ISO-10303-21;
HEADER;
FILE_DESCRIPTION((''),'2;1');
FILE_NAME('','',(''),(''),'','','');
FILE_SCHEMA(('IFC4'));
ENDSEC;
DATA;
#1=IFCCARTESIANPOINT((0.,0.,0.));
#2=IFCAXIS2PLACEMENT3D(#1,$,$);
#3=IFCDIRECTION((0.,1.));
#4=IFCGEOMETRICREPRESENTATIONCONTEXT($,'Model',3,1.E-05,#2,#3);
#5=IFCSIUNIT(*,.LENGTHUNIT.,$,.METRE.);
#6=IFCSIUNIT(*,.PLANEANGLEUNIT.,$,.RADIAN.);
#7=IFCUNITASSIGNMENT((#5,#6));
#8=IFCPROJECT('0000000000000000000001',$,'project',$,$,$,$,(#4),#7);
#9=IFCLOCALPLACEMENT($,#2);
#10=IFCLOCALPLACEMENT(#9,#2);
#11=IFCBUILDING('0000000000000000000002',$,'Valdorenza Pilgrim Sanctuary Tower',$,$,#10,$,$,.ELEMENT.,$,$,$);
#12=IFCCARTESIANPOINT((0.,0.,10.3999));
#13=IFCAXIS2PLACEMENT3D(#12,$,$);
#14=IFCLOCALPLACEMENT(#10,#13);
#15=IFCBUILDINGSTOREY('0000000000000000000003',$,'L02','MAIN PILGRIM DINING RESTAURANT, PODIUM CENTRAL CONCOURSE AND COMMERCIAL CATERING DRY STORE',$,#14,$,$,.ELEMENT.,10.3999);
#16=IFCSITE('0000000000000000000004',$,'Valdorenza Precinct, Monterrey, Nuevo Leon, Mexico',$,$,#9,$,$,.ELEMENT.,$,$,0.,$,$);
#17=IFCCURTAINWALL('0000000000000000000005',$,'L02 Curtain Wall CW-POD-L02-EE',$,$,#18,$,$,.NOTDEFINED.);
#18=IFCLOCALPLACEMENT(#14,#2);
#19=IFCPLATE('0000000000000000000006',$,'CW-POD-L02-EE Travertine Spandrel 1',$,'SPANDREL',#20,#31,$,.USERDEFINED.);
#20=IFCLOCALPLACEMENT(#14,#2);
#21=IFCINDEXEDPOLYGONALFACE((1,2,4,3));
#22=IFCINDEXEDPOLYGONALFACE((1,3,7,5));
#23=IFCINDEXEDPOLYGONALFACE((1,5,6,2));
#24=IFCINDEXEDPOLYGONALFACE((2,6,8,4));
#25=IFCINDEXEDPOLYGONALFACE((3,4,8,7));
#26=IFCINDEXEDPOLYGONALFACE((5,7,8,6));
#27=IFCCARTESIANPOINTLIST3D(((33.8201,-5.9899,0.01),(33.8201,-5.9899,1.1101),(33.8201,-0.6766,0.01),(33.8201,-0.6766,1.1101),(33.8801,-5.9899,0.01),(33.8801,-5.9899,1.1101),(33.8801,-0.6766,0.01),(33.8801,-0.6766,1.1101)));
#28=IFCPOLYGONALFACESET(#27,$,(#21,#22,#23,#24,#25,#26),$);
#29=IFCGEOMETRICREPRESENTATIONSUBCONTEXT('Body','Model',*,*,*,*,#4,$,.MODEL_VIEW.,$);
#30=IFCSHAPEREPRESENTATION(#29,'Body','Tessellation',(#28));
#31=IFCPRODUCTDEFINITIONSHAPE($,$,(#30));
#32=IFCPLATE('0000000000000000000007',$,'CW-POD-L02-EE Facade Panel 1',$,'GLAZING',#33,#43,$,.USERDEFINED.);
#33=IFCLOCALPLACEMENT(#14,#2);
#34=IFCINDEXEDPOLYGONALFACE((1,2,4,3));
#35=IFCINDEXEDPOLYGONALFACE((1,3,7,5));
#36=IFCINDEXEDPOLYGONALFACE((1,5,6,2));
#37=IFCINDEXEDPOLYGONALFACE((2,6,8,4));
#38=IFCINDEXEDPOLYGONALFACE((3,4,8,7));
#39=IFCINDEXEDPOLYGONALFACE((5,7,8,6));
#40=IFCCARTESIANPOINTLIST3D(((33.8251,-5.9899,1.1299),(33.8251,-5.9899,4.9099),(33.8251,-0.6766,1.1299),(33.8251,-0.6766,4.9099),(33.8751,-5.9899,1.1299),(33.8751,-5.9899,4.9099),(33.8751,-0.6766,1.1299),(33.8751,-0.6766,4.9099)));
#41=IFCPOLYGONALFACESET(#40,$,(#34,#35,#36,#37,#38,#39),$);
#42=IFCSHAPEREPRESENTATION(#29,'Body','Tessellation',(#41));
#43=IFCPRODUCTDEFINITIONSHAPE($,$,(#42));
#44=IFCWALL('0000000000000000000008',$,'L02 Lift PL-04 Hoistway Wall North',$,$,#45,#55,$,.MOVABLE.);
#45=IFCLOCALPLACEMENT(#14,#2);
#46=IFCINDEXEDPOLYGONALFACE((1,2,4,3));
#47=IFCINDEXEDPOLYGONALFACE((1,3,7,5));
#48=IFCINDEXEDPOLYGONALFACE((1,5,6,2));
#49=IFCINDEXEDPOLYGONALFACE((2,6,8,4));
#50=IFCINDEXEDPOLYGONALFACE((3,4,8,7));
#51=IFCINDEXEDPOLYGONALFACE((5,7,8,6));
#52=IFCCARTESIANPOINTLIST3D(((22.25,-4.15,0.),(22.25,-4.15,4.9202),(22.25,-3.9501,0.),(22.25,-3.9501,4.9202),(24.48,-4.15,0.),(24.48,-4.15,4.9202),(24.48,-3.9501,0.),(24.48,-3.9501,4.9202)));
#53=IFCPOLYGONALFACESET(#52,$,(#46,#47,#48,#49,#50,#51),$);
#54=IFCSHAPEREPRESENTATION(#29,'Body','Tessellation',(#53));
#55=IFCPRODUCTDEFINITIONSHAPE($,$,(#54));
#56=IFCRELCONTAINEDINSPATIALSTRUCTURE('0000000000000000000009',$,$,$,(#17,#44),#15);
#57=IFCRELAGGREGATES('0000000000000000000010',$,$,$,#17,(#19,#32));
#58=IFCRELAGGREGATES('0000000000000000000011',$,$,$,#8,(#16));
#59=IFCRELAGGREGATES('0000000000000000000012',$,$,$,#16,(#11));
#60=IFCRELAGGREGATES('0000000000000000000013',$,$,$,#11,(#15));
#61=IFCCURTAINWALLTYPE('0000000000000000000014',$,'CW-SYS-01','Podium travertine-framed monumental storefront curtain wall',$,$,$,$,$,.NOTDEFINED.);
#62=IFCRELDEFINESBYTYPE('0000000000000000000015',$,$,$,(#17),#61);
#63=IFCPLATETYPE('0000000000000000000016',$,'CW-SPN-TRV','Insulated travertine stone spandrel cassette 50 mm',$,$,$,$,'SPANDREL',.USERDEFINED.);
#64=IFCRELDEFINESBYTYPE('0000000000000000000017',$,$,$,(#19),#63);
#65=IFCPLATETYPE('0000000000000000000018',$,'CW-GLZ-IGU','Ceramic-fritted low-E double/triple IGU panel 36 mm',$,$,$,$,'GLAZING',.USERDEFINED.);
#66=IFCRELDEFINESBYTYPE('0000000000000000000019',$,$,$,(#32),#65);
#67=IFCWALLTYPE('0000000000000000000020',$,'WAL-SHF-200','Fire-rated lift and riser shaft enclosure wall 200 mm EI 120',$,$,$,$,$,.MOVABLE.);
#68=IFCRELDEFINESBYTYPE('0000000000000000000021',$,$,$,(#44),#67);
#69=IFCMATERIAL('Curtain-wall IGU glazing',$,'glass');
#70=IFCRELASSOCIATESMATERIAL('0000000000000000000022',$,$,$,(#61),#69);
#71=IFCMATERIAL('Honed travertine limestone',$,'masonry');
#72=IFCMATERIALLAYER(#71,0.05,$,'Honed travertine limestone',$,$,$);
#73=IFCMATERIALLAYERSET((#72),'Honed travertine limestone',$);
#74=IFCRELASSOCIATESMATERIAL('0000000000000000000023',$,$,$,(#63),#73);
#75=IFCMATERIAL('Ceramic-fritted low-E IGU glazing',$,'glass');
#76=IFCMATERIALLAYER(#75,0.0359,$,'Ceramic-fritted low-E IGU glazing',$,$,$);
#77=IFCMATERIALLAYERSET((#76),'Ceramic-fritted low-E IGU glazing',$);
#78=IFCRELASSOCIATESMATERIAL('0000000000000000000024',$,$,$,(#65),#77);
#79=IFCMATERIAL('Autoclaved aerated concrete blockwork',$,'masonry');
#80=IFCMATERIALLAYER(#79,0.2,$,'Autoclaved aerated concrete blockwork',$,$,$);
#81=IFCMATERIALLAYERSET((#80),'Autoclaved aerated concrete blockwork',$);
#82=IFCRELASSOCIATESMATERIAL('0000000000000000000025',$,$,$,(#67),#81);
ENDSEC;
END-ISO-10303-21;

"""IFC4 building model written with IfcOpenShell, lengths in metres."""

from ifc_helpers import new_model, si_unit, direction, frame, frame_2d, origin, origin_2d, place, context, subcontext, project, spatial, rectangle, extrude, source, transform, mapped, material, layer, layer_set, type_object, element, aggregate, save


model = new_model("IFC4")

# Units and contexts
model_context = context("Model", 3, precision=1e-05, world=origin(), true_north=direction((0.0, 1.0)))
body_context = subcontext(model_context, "Body", "Model", "MODEL_VIEW")
ifc_project = project(units=[si_unit("LENGTHUNIT", "METRE"), si_unit("PLANEANGLEUNIT", "RADIAN")], contexts=[model_context])

# Site, building, storey
site_placement = place(None, origin())
site = spatial("IfcSite", under=ifc_project, at=site_placement, Name="Valdorenza Precinct, Monterrey, Nuevo Leon, Mexico", CompositionType="ELEMENT", RefElevation=0.0)
building_placement = place(site_placement, origin())
building = spatial("IfcBuilding", under=site, at=building_placement, Name="Valdorenza Pilgrim Sanctuary Tower", CompositionType="ELEMENT")
storey_placement = place(building_placement, frame((0.0, 0.0, 10.3999)))
storey = spatial("IfcBuildingStorey", under=building, at=storey_placement, Name="L02", Description="MAIN PILGRIM DINING RESTAURANT, PODIUM CENTRAL CONCOURSE AND COMMERCIAL CATERING DRY STORE", CompositionType="ELEMENT", Elevation=10.3999)

# Curtain wall, plates
ifc_material_1 = material(Name="Curtain-wall IGU glazing", Category="glass")
curtain_wall_type = type_object("IfcCurtainWallType", Name="CW-SYS-01", Description="Podium travertine-framed monumental storefront curtain wall", PredefinedType="NOTDEFINED", material=ifc_material_1)
curtain_wall_placement = place(storey_placement, origin())
curtain_wall = element("IfcCurtainWall", 1, at=curtain_wall_placement, inside=storey, type_object=curtain_wall_type, Name="L02 Curtain Wall CW-POD-L02-EE", PredefinedType="NOTDEFINED")
ifc_material_2 = material(Name="Honed travertine limestone", Category="masonry")
ifc_layer_1 = layer(ifc_material_2, 0.05, Name="Honed travertine limestone")
ifc_layer_set_1 = layer_set([ifc_layer_1], Name="Honed travertine limestone")
plate_type_1 = type_object("IfcPlateType", Name="CW-SPN-TRV", Description="Insulated travertine stone spandrel cassette 50 mm", ElementType="SPANDREL", PredefinedType="USERDEFINED", material=ifc_layer_set_1)
shared_shape_1 = source(origin(), body_context, "Body", "SweptSolid", [
    extrude(rectangle(XDim=5.3132, YDim=0.0601, at=origin_2d()), origin(), (0.0, 0.0, 1.0), 1.1001),
])
plate_1_placement = place(storey_placement, frame((33.8501, -3.3333, 0.01), z_axis=(0.0, 0.0, 1.0), x_axis=(0.0, 1.0, 0.0)))
plate_1 = element("IfcPlate", 2, at=plate_1_placement, type_object=plate_type_1, Name="CW-POD-L02-EE Travertine Spandrel 1", ObjectType="SPANDREL", PredefinedType="USERDEFINED", context=body_context, shape_type="MappedRepresentation", body=[
    mapped(shared_shape_1, transform((0.0, 0.0, 0.0), x_axis=(1.0, 0.0, 0.0), y_axis=(0.0, 1.0, 0.0), z_axis=(0.0, 0.0, 1.0), scale=1.0)),
])
ifc_material_3 = material(Name="Ceramic-fritted low-E IGU glazing", Category="glass")
ifc_layer_2 = layer(ifc_material_3, 0.0359, Name="Ceramic-fritted low-E IGU glazing")
ifc_layer_set_2 = layer_set([ifc_layer_2], Name="Ceramic-fritted low-E IGU glazing")
plate_type_2 = type_object("IfcPlateType", Name="CW-GLZ-IGU", Description="Ceramic-fritted low-E double/triple IGU panel 36 mm", ElementType="GLAZING", PredefinedType="USERDEFINED", material=ifc_layer_set_2)
shared_shape_2 = source(origin(), body_context, "Body", "SweptSolid", [
    extrude(rectangle(XDim=5.3132, YDim=0.05, at=origin_2d()), origin(), (0.0, 0.0, 1.0), 3.78),
])
plate_2_placement = place(storey_placement, frame((33.8501, -3.3333, 1.1299), z_axis=(0.0, 0.0, 1.0), x_axis=(0.0, 1.0, 0.0)))
plate_2 = element("IfcPlate", 3, at=plate_2_placement, type_object=plate_type_2, Name="CW-POD-L02-EE Facade Panel 1", ObjectType="GLAZING", PredefinedType="USERDEFINED", context=body_context, shape_type="MappedRepresentation", body=[
    mapped(shared_shape_2, transform((0.0, 0.0, 0.0), x_axis=(1.0, 0.0, 0.0), y_axis=(0.0, 1.0, 0.0), z_axis=(0.0, 0.0, 1.0), scale=1.0)),
])
aggregate(curtain_wall, [plate_1, plate_2])

# Wall
ifc_material_4 = material(Name="Autoclaved aerated concrete blockwork", Category="masonry")
ifc_layer_3 = layer(ifc_material_4, 0.2, Name="Autoclaved aerated concrete blockwork")
ifc_layer_set_3 = layer_set([ifc_layer_3], Name="Autoclaved aerated concrete blockwork")
wall_type_1 = type_object("IfcWallType", Name="WAL-SHF-200", Description="Fire-rated lift and riser shaft enclosure wall 200 mm EI 120", PredefinedType="MOVABLE", material=ifc_layer_set_3)
wall_1_placement = place(storey_placement, frame((22.25, -4.05, 0.0), z_axis=(0.0, 0.0, 1.0), x_axis=(1.0, 0.0, 0.0)))
element("IfcWall", 4, at=wall_1_placement, inside=storey, type_object=wall_type_1, Name="L02 Lift PL-04 Hoistway Wall North", PredefinedType="MOVABLE", context=body_context, shape_type="SweptSolid", body=[
    extrude(rectangle(XDim=2.23, YDim=0.2, at=frame_2d((1.115, 0.0))), origin(), (0.0, 0.0, 1.0), 4.9202),
])

save(model, "model.ifc")
